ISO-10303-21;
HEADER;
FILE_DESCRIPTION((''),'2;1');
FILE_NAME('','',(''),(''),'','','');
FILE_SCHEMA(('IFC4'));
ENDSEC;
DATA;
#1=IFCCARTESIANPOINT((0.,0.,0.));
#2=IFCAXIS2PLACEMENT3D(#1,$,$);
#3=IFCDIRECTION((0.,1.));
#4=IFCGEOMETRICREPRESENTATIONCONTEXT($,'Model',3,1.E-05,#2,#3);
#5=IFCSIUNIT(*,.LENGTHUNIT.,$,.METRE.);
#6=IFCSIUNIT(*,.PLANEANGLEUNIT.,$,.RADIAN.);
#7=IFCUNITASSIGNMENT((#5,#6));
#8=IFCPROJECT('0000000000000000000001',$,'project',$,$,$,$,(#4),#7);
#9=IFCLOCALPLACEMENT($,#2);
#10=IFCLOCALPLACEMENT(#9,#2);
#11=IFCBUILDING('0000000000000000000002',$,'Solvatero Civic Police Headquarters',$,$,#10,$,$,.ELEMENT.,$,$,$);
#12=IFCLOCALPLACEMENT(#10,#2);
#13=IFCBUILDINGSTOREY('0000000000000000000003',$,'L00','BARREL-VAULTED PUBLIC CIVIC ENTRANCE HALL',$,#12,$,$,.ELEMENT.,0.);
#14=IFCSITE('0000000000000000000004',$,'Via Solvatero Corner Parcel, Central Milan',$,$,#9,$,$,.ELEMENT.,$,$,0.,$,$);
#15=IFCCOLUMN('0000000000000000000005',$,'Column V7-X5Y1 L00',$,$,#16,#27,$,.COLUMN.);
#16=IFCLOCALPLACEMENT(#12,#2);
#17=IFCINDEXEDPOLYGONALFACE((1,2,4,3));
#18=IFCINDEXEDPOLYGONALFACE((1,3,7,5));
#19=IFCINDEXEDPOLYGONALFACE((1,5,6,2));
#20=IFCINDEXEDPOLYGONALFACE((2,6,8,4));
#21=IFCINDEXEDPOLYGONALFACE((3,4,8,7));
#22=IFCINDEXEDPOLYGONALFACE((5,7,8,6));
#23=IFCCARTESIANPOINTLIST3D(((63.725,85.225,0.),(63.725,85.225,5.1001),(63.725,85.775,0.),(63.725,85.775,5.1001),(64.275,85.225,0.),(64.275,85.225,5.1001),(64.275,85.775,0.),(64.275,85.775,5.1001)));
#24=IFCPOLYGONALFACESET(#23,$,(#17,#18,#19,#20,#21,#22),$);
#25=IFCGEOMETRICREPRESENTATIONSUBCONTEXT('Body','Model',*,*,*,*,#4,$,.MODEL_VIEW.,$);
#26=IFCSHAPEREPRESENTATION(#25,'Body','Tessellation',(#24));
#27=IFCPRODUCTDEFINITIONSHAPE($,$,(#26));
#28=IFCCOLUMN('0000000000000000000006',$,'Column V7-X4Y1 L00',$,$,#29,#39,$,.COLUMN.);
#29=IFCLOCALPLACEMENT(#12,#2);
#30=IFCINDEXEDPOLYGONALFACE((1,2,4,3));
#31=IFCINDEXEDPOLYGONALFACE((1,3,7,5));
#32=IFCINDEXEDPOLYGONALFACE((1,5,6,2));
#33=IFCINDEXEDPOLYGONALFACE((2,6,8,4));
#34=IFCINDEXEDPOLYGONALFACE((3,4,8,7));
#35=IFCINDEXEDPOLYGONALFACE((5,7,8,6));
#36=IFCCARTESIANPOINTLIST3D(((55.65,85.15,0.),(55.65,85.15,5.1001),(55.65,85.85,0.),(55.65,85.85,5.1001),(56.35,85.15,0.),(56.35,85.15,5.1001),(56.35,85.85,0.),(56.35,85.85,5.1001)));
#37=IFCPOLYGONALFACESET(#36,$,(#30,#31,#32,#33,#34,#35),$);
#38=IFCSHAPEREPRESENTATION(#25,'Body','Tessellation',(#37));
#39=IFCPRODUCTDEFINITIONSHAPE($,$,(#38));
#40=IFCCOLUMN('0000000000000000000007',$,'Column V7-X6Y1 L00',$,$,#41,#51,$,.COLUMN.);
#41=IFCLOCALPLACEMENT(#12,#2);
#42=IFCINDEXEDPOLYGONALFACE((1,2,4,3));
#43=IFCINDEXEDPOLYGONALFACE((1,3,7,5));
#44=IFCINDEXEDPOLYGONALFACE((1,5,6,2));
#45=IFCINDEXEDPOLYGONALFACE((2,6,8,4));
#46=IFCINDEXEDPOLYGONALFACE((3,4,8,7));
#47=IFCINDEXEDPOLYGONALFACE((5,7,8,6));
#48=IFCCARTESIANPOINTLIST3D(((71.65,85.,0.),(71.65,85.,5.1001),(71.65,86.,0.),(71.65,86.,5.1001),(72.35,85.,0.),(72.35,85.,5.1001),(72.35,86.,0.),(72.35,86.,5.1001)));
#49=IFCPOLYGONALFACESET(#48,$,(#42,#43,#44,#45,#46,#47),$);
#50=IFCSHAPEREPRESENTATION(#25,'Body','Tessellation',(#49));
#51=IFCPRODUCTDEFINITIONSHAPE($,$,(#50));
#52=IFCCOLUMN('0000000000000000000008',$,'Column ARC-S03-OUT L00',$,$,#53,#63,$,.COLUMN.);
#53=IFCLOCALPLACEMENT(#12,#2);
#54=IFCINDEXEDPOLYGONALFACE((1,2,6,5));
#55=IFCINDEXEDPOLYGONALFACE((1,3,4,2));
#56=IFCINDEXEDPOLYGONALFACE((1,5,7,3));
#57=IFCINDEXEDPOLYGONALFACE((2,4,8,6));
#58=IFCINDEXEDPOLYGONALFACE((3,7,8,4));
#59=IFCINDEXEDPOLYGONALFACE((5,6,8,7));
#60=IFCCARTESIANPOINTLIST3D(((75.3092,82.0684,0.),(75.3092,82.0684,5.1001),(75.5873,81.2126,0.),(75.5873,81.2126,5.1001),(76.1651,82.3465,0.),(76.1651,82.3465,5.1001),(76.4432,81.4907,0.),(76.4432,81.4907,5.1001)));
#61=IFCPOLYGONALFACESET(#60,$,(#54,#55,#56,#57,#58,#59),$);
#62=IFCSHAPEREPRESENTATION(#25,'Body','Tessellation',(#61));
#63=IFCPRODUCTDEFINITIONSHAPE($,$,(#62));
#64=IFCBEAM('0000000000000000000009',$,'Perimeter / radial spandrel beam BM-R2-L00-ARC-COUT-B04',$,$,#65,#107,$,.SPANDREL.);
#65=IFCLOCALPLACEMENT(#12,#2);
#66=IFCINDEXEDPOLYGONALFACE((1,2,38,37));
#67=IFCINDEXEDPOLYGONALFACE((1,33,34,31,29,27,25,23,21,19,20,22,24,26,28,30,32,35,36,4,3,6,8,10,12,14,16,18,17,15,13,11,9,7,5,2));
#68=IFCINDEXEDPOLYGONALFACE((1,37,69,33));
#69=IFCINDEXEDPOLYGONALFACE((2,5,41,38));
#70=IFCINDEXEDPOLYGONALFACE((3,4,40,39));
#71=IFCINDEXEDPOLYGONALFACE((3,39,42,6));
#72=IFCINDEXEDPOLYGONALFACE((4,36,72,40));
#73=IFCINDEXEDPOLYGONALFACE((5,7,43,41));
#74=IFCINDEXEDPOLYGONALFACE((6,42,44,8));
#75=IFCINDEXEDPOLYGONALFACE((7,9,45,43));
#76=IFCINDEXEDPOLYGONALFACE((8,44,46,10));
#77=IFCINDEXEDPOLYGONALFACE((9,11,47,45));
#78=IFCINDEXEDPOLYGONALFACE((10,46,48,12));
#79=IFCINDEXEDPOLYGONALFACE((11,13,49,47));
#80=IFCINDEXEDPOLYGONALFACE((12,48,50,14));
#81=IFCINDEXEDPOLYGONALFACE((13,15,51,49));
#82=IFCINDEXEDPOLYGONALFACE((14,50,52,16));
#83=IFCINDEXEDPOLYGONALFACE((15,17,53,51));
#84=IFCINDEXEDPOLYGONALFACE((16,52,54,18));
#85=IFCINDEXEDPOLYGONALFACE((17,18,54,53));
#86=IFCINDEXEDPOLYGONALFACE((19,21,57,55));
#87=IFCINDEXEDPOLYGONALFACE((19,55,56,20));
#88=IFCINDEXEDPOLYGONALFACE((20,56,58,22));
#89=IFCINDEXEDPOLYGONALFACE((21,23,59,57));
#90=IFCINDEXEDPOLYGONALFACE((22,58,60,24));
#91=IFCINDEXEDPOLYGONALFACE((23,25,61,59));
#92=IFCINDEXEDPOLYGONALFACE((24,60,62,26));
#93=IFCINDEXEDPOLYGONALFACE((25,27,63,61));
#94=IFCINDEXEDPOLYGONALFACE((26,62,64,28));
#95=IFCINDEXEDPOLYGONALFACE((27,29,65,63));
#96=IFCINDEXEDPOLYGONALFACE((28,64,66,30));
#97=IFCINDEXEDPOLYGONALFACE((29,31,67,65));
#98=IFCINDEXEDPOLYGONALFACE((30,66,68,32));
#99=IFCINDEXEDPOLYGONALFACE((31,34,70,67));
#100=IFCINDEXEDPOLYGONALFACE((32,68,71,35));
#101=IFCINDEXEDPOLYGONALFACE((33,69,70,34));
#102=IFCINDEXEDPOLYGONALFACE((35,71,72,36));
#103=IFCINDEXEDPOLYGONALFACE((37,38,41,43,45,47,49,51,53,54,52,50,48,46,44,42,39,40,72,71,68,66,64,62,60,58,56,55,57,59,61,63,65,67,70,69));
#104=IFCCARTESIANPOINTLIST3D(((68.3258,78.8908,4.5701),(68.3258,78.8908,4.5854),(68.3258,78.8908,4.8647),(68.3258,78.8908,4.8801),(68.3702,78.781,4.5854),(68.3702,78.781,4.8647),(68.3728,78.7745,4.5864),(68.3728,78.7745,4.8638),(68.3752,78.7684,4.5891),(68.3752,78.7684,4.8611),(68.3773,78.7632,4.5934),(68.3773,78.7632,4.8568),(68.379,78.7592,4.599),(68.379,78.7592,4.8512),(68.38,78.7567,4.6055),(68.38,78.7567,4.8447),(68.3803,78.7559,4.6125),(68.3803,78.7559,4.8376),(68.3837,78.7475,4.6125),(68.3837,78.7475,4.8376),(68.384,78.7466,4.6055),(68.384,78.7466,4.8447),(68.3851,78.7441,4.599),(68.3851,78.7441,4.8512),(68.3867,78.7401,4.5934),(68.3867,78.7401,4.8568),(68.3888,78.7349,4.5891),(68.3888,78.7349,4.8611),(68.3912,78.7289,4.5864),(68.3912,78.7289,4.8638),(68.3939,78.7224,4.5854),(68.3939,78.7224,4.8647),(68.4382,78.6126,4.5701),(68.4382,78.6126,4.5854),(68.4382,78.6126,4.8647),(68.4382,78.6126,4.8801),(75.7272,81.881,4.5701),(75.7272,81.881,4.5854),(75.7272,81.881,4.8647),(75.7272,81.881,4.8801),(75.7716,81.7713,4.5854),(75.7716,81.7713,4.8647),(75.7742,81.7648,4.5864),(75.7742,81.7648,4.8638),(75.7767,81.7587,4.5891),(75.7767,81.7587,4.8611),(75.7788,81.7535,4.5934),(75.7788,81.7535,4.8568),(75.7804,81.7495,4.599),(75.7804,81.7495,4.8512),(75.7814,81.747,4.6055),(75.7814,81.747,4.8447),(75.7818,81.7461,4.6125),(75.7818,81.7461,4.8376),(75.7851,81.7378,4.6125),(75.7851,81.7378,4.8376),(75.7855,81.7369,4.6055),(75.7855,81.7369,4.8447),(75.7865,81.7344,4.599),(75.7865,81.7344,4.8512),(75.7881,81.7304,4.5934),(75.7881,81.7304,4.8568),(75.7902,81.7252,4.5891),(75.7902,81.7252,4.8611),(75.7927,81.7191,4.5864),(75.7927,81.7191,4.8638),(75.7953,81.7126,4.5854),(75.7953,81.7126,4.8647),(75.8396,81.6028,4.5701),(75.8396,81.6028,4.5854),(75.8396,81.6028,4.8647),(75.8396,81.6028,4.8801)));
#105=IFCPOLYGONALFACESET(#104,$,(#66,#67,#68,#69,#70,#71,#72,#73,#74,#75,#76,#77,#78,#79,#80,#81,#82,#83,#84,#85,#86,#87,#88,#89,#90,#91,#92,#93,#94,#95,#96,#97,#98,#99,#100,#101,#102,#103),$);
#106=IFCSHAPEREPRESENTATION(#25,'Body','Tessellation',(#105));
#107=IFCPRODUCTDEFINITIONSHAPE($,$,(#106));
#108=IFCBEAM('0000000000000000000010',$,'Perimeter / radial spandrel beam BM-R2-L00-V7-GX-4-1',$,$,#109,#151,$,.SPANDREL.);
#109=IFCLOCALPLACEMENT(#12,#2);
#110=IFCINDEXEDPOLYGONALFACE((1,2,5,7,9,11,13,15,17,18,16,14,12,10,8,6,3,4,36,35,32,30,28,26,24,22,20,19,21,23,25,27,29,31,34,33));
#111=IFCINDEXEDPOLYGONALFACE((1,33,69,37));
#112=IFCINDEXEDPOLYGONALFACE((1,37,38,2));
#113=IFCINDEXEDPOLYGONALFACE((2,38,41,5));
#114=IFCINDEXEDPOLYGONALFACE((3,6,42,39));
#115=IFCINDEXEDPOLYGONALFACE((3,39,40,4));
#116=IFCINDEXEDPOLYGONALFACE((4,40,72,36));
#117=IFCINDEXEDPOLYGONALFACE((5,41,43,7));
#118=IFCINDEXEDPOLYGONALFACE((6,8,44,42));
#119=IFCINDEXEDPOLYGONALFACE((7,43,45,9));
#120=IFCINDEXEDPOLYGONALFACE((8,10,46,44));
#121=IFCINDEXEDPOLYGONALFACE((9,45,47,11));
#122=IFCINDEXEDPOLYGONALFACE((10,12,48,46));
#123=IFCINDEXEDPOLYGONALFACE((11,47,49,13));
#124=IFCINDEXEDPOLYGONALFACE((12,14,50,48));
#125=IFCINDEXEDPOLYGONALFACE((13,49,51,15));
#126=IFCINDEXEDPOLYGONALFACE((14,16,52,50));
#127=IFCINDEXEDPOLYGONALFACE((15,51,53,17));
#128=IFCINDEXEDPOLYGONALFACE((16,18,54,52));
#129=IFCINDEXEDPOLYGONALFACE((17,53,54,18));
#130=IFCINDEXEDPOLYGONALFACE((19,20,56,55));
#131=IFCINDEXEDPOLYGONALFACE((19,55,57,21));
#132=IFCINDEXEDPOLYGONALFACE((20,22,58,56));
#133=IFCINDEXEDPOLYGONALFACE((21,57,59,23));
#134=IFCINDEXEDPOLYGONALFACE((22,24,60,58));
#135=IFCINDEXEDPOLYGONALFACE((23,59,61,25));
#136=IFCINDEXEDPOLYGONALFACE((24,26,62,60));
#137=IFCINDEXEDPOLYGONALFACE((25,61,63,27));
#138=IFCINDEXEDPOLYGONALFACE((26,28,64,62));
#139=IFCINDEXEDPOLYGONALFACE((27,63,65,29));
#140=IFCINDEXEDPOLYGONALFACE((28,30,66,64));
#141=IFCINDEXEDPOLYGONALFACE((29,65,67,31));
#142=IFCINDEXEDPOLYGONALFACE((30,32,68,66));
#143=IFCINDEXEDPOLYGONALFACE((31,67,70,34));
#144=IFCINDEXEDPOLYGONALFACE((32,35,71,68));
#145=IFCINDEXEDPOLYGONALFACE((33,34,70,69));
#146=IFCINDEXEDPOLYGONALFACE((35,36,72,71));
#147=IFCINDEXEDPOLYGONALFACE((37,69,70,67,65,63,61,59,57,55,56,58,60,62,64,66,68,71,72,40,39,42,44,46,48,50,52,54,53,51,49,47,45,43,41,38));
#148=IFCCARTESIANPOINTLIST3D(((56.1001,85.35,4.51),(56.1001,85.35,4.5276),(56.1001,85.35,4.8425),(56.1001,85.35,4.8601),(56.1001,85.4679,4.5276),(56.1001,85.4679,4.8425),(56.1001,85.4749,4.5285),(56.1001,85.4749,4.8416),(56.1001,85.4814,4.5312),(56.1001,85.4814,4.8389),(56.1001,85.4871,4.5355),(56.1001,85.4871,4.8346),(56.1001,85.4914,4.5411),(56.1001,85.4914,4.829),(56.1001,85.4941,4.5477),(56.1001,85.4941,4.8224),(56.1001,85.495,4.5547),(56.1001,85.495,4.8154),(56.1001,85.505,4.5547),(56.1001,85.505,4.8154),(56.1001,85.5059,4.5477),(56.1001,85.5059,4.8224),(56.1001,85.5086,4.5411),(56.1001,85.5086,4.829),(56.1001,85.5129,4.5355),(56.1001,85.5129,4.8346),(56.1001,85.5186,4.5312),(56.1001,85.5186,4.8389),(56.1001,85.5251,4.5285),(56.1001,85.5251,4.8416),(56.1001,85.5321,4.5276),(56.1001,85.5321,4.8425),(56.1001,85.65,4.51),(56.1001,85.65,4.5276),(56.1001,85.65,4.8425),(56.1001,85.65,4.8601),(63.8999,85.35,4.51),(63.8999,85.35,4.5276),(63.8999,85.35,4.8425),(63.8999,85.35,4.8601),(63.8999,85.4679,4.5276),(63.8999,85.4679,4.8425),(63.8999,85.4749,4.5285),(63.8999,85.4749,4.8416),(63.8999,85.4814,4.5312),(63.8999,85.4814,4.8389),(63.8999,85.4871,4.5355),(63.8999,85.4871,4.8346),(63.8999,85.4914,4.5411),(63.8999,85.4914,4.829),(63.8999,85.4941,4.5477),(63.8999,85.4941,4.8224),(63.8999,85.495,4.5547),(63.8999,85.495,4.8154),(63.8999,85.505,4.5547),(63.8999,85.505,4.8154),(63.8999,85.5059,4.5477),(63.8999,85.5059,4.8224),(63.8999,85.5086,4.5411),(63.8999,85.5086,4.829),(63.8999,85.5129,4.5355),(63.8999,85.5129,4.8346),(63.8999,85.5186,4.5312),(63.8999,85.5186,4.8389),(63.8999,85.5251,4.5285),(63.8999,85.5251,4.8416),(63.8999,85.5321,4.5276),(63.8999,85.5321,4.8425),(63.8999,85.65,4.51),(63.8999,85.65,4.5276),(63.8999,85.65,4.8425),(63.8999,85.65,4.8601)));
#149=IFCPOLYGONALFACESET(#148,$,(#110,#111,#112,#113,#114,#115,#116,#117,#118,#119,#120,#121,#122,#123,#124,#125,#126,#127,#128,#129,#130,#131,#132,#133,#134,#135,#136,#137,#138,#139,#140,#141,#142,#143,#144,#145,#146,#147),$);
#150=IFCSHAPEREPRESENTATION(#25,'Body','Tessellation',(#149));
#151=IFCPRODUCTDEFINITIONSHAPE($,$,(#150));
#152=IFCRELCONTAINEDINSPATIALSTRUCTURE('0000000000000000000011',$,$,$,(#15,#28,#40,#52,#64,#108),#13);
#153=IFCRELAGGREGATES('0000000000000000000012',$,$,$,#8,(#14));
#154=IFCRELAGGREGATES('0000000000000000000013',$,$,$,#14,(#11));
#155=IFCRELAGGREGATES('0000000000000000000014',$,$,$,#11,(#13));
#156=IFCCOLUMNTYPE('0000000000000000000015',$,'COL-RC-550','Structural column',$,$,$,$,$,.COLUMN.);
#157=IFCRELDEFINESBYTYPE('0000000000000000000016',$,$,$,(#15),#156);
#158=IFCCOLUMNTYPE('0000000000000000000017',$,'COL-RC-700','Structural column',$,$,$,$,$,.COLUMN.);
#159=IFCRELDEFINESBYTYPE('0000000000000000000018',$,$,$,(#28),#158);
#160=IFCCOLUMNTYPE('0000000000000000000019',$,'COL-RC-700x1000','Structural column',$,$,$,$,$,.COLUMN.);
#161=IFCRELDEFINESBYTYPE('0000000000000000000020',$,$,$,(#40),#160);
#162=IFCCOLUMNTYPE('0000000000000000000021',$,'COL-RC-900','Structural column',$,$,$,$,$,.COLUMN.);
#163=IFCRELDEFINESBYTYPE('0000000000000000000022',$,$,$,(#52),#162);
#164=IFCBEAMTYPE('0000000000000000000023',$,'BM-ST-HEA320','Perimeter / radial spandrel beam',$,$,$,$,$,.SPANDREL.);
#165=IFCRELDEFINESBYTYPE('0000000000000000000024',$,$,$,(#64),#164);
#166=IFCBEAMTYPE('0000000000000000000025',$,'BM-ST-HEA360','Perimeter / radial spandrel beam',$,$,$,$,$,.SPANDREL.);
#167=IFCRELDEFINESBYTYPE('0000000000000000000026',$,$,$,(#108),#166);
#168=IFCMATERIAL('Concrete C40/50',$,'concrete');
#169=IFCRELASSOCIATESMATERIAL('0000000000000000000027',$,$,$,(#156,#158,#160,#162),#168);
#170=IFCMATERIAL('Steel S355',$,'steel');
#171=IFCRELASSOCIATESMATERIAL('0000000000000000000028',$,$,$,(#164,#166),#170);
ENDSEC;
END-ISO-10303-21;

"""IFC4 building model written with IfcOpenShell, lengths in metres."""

from ifc_helpers import new_model, si_unit, direction, frame, origin, origin_2d, place, context, subcontext, project, spatial, rectangle, i_section, extrude, material, material_profile, profile_set, type_object, element, save


model = new_model("IFC4")

# Units and contexts
model_context = context("Model", 3, precision=1e-05, world=origin(), true_north=direction((0.0, 1.0)))
body_context = subcontext(model_context, "Body", "Model", "MODEL_VIEW")
ifc_project = project(units=[si_unit("LENGTHUNIT", "METRE"), si_unit("PLANEANGLEUNIT", "RADIAN")], contexts=[model_context])

# Site, building, storey
site_placement = place(None, origin())
site = spatial("IfcSite", under=ifc_project, at=site_placement, Name="Via Solvatero Corner Parcel, Central Milan", CompositionType="ELEMENT", RefElevation=0.0)
building_placement = place(site_placement, origin())
building = spatial("IfcBuilding", under=site, at=building_placement, Name="Solvatero Civic Police Headquarters", CompositionType="ELEMENT")
storey_placement = place(building_placement, origin())
storey = spatial("IfcBuildingStorey", under=building, at=storey_placement, Name="L00", Description="BARREL-VAULTED PUBLIC CIVIC ENTRANCE HALL", CompositionType="ELEMENT", Elevation=0.0)

# Columns
ifc_material_1 = material(Name="Concrete C40/50", Category="concrete")
ifc_material_profile_1 = material_profile(ifc_material_1, rectangle(XDim=0.55, YDim=0.55, at=origin_2d()), Name="RC 550x550")
ifc_profile_set_1 = profile_set([ifc_material_profile_1], Name="Concrete C40/50")
column_type_1 = type_object("IfcColumnType", Name="COL-RC-550", Description="Structural column", PredefinedType="COLUMN", material=ifc_profile_set_1)
column_1_placement = place(storey_placement, frame((64.0, 85.5, 0.0), z_axis=(0.0, 0.0, 1.0), x_axis=(1.0, 0.0, 0.0)))
element("IfcColumn", 1, at=column_1_placement, inside=storey, type_object=column_type_1, Name="Column V7-X5Y1 L00", PredefinedType="COLUMN", context=body_context, shape_type="SweptSolid", body=[
    extrude(rectangle(XDim=0.55, YDim=0.55, at=origin_2d()), origin(), (0.0, 0.0, 1.0), 5.1001),
])
ifc_material_profile_2 = material_profile(ifc_material_1, rectangle(XDim=0.7, YDim=0.7, at=origin_2d()), Name="RC 700x700")
ifc_profile_set_2 = profile_set([ifc_material_profile_2], Name="Concrete C40/50")
column_type_2 = type_object("IfcColumnType", Name="COL-RC-700", Description="Structural column", PredefinedType="COLUMN", material=ifc_profile_set_2)
column_2_placement = place(storey_placement, frame((56.0, 85.5, 0.0), z_axis=(0.0, 0.0, 1.0), x_axis=(1.0, 0.0, 0.0)))
element("IfcColumn", 2, at=column_2_placement, inside=storey, type_object=column_type_2, Name="Column V7-X4Y1 L00", PredefinedType="COLUMN", context=body_context, shape_type="SweptSolid", body=[
    extrude(rectangle(XDim=0.7, YDim=0.7, at=origin_2d()), origin(), (0.0, 0.0, 1.0), 5.1001),
])
ifc_material_profile_3 = material_profile(ifc_material_1, rectangle(XDim=0.7, YDim=1.0, at=origin_2d()), Name="RC 700x1000")
ifc_profile_set_3 = profile_set([ifc_material_profile_3], Name="Concrete C40/50")
column_type_3 = type_object("IfcColumnType", Name="COL-RC-700x1000", Description="Structural column", PredefinedType="COLUMN", material=ifc_profile_set_3)
column_3_placement = place(storey_placement, frame((72.0, 85.5, 0.0), z_axis=(0.0, 0.0, 1.0), x_axis=(1.0, 0.0, 0.0)))
element("IfcColumn", 3, at=column_3_placement, inside=storey, type_object=column_type_3, Name="Column V7-X6Y1 L00", PredefinedType="COLUMN", context=body_context, shape_type="SweptSolid", body=[
    extrude(rectangle(XDim=0.7, YDim=1.0, at=origin_2d()), origin(), (0.0, 0.0, 1.0), 5.1001),
])
ifc_material_profile_4 = material_profile(ifc_material_1, rectangle(XDim=0.8999, YDim=0.8999, at=origin_2d()), Name="RC 900x900")
ifc_profile_set_4 = profile_set([ifc_material_profile_4], Name="Concrete C40/50")
column_type_4 = type_object("IfcColumnType", Name="COL-RC-900", Description="Structural column", PredefinedType="COLUMN", material=ifc_profile_set_4)
column_4_placement = place(storey_placement, frame((75.8762, 81.7795, 0.0), z_axis=(0.0, 0.0, 1.0), x_axis=(0.951057, 0.309017, 0.0)))
element("IfcColumn", 4, at=column_4_placement, inside=storey, type_object=column_type_4, Name="Column ARC-S03-OUT L00", PredefinedType="COLUMN", context=body_context, shape_type="SweptSolid", body=[
    extrude(rectangle(XDim=0.8999, YDim=0.8999, at=origin_2d()), origin(), (0.0, 0.0, 1.0), 5.1001),
])

# Beams
ifc_material_2 = material(Name="Steel S355", Category="steel")
ifc_material_profile_5 = material_profile(ifc_material_2, i_section(OverallWidth=0.3, OverallDepth=0.3101, WebThickness=0.009, FlangeThickness=0.0154, FilletRadius=0.0271, at=origin_2d()), Name="HEA 320")
ifc_profile_set_5 = profile_set([ifc_material_profile_5], Name="Steel S355")
beam_type_1 = type_object("IfcBeamType", Name="BM-ST-HEA320", Description="Perimeter / radial spandrel beam", PredefinedType="SPANDREL", material=ifc_profile_set_5)
beam_placement = place(storey_placement, frame((75.7834, 81.7419, 4.7251), z_axis=(-0.927189, -0.374595, 0.0), x_axis=(0.374595, -0.927189, 0.0)))
element("IfcBeam", 5, at=beam_placement, inside=storey, type_object=beam_type_1, Name="Perimeter / radial spandrel beam BM-R2-L00-ARC-COUT-B04", PredefinedType="SPANDREL", context=body_context, shape_type="SweptSolid", body=[
    extrude(i_section(OverallWidth=0.3, OverallDepth=0.3101, WebThickness=0.009, FlangeThickness=0.0154, FilletRadius=0.0271, at=origin_2d()), origin(), (0.0, 0.0, 1.0), 7.9827),
])
ifc_material_profile_6 = material_profile(ifc_material_2, i_section(OverallWidth=0.3, OverallDepth=0.3501, WebThickness=0.01, FlangeThickness=0.0176, FilletRadius=0.0271, at=origin_2d()), Name="HEA 360")
ifc_profile_set_6 = profile_set([ifc_material_profile_6], Name="Steel S355")
beam_type_2 = type_object("IfcBeamType", Name="BM-ST-HEA360", Description="Perimeter / radial spandrel beam", PredefinedType="SPANDREL", material=ifc_profile_set_6)
for number, where, z_axis, x_axis, name in (
    (6, (56.1001, 85.5, 4.6851), (1.0, 0.0, 0.0), (0.0, 1.0, 0.0), "Perimeter / radial spandrel beam BM-R2-L00-V7-GX-4-1"),
):
    element("IfcBeam", number, at=place(storey_placement, frame(where, z_axis=z_axis, x_axis=x_axis)), inside=storey, type_object=beam_type_2, Name=name, PredefinedType="SPANDREL", context=body_context, shape_type="SweptSolid", body=[
        extrude(i_section(OverallWidth=0.3, OverallDepth=0.3501, WebThickness=0.01, FlangeThickness=0.0176, FilletRadius=0.0271, at=origin_2d()), origin(), (0.0, 0.0, 1.0), 7.7998),
    ])

save(model, "model.ifc")
